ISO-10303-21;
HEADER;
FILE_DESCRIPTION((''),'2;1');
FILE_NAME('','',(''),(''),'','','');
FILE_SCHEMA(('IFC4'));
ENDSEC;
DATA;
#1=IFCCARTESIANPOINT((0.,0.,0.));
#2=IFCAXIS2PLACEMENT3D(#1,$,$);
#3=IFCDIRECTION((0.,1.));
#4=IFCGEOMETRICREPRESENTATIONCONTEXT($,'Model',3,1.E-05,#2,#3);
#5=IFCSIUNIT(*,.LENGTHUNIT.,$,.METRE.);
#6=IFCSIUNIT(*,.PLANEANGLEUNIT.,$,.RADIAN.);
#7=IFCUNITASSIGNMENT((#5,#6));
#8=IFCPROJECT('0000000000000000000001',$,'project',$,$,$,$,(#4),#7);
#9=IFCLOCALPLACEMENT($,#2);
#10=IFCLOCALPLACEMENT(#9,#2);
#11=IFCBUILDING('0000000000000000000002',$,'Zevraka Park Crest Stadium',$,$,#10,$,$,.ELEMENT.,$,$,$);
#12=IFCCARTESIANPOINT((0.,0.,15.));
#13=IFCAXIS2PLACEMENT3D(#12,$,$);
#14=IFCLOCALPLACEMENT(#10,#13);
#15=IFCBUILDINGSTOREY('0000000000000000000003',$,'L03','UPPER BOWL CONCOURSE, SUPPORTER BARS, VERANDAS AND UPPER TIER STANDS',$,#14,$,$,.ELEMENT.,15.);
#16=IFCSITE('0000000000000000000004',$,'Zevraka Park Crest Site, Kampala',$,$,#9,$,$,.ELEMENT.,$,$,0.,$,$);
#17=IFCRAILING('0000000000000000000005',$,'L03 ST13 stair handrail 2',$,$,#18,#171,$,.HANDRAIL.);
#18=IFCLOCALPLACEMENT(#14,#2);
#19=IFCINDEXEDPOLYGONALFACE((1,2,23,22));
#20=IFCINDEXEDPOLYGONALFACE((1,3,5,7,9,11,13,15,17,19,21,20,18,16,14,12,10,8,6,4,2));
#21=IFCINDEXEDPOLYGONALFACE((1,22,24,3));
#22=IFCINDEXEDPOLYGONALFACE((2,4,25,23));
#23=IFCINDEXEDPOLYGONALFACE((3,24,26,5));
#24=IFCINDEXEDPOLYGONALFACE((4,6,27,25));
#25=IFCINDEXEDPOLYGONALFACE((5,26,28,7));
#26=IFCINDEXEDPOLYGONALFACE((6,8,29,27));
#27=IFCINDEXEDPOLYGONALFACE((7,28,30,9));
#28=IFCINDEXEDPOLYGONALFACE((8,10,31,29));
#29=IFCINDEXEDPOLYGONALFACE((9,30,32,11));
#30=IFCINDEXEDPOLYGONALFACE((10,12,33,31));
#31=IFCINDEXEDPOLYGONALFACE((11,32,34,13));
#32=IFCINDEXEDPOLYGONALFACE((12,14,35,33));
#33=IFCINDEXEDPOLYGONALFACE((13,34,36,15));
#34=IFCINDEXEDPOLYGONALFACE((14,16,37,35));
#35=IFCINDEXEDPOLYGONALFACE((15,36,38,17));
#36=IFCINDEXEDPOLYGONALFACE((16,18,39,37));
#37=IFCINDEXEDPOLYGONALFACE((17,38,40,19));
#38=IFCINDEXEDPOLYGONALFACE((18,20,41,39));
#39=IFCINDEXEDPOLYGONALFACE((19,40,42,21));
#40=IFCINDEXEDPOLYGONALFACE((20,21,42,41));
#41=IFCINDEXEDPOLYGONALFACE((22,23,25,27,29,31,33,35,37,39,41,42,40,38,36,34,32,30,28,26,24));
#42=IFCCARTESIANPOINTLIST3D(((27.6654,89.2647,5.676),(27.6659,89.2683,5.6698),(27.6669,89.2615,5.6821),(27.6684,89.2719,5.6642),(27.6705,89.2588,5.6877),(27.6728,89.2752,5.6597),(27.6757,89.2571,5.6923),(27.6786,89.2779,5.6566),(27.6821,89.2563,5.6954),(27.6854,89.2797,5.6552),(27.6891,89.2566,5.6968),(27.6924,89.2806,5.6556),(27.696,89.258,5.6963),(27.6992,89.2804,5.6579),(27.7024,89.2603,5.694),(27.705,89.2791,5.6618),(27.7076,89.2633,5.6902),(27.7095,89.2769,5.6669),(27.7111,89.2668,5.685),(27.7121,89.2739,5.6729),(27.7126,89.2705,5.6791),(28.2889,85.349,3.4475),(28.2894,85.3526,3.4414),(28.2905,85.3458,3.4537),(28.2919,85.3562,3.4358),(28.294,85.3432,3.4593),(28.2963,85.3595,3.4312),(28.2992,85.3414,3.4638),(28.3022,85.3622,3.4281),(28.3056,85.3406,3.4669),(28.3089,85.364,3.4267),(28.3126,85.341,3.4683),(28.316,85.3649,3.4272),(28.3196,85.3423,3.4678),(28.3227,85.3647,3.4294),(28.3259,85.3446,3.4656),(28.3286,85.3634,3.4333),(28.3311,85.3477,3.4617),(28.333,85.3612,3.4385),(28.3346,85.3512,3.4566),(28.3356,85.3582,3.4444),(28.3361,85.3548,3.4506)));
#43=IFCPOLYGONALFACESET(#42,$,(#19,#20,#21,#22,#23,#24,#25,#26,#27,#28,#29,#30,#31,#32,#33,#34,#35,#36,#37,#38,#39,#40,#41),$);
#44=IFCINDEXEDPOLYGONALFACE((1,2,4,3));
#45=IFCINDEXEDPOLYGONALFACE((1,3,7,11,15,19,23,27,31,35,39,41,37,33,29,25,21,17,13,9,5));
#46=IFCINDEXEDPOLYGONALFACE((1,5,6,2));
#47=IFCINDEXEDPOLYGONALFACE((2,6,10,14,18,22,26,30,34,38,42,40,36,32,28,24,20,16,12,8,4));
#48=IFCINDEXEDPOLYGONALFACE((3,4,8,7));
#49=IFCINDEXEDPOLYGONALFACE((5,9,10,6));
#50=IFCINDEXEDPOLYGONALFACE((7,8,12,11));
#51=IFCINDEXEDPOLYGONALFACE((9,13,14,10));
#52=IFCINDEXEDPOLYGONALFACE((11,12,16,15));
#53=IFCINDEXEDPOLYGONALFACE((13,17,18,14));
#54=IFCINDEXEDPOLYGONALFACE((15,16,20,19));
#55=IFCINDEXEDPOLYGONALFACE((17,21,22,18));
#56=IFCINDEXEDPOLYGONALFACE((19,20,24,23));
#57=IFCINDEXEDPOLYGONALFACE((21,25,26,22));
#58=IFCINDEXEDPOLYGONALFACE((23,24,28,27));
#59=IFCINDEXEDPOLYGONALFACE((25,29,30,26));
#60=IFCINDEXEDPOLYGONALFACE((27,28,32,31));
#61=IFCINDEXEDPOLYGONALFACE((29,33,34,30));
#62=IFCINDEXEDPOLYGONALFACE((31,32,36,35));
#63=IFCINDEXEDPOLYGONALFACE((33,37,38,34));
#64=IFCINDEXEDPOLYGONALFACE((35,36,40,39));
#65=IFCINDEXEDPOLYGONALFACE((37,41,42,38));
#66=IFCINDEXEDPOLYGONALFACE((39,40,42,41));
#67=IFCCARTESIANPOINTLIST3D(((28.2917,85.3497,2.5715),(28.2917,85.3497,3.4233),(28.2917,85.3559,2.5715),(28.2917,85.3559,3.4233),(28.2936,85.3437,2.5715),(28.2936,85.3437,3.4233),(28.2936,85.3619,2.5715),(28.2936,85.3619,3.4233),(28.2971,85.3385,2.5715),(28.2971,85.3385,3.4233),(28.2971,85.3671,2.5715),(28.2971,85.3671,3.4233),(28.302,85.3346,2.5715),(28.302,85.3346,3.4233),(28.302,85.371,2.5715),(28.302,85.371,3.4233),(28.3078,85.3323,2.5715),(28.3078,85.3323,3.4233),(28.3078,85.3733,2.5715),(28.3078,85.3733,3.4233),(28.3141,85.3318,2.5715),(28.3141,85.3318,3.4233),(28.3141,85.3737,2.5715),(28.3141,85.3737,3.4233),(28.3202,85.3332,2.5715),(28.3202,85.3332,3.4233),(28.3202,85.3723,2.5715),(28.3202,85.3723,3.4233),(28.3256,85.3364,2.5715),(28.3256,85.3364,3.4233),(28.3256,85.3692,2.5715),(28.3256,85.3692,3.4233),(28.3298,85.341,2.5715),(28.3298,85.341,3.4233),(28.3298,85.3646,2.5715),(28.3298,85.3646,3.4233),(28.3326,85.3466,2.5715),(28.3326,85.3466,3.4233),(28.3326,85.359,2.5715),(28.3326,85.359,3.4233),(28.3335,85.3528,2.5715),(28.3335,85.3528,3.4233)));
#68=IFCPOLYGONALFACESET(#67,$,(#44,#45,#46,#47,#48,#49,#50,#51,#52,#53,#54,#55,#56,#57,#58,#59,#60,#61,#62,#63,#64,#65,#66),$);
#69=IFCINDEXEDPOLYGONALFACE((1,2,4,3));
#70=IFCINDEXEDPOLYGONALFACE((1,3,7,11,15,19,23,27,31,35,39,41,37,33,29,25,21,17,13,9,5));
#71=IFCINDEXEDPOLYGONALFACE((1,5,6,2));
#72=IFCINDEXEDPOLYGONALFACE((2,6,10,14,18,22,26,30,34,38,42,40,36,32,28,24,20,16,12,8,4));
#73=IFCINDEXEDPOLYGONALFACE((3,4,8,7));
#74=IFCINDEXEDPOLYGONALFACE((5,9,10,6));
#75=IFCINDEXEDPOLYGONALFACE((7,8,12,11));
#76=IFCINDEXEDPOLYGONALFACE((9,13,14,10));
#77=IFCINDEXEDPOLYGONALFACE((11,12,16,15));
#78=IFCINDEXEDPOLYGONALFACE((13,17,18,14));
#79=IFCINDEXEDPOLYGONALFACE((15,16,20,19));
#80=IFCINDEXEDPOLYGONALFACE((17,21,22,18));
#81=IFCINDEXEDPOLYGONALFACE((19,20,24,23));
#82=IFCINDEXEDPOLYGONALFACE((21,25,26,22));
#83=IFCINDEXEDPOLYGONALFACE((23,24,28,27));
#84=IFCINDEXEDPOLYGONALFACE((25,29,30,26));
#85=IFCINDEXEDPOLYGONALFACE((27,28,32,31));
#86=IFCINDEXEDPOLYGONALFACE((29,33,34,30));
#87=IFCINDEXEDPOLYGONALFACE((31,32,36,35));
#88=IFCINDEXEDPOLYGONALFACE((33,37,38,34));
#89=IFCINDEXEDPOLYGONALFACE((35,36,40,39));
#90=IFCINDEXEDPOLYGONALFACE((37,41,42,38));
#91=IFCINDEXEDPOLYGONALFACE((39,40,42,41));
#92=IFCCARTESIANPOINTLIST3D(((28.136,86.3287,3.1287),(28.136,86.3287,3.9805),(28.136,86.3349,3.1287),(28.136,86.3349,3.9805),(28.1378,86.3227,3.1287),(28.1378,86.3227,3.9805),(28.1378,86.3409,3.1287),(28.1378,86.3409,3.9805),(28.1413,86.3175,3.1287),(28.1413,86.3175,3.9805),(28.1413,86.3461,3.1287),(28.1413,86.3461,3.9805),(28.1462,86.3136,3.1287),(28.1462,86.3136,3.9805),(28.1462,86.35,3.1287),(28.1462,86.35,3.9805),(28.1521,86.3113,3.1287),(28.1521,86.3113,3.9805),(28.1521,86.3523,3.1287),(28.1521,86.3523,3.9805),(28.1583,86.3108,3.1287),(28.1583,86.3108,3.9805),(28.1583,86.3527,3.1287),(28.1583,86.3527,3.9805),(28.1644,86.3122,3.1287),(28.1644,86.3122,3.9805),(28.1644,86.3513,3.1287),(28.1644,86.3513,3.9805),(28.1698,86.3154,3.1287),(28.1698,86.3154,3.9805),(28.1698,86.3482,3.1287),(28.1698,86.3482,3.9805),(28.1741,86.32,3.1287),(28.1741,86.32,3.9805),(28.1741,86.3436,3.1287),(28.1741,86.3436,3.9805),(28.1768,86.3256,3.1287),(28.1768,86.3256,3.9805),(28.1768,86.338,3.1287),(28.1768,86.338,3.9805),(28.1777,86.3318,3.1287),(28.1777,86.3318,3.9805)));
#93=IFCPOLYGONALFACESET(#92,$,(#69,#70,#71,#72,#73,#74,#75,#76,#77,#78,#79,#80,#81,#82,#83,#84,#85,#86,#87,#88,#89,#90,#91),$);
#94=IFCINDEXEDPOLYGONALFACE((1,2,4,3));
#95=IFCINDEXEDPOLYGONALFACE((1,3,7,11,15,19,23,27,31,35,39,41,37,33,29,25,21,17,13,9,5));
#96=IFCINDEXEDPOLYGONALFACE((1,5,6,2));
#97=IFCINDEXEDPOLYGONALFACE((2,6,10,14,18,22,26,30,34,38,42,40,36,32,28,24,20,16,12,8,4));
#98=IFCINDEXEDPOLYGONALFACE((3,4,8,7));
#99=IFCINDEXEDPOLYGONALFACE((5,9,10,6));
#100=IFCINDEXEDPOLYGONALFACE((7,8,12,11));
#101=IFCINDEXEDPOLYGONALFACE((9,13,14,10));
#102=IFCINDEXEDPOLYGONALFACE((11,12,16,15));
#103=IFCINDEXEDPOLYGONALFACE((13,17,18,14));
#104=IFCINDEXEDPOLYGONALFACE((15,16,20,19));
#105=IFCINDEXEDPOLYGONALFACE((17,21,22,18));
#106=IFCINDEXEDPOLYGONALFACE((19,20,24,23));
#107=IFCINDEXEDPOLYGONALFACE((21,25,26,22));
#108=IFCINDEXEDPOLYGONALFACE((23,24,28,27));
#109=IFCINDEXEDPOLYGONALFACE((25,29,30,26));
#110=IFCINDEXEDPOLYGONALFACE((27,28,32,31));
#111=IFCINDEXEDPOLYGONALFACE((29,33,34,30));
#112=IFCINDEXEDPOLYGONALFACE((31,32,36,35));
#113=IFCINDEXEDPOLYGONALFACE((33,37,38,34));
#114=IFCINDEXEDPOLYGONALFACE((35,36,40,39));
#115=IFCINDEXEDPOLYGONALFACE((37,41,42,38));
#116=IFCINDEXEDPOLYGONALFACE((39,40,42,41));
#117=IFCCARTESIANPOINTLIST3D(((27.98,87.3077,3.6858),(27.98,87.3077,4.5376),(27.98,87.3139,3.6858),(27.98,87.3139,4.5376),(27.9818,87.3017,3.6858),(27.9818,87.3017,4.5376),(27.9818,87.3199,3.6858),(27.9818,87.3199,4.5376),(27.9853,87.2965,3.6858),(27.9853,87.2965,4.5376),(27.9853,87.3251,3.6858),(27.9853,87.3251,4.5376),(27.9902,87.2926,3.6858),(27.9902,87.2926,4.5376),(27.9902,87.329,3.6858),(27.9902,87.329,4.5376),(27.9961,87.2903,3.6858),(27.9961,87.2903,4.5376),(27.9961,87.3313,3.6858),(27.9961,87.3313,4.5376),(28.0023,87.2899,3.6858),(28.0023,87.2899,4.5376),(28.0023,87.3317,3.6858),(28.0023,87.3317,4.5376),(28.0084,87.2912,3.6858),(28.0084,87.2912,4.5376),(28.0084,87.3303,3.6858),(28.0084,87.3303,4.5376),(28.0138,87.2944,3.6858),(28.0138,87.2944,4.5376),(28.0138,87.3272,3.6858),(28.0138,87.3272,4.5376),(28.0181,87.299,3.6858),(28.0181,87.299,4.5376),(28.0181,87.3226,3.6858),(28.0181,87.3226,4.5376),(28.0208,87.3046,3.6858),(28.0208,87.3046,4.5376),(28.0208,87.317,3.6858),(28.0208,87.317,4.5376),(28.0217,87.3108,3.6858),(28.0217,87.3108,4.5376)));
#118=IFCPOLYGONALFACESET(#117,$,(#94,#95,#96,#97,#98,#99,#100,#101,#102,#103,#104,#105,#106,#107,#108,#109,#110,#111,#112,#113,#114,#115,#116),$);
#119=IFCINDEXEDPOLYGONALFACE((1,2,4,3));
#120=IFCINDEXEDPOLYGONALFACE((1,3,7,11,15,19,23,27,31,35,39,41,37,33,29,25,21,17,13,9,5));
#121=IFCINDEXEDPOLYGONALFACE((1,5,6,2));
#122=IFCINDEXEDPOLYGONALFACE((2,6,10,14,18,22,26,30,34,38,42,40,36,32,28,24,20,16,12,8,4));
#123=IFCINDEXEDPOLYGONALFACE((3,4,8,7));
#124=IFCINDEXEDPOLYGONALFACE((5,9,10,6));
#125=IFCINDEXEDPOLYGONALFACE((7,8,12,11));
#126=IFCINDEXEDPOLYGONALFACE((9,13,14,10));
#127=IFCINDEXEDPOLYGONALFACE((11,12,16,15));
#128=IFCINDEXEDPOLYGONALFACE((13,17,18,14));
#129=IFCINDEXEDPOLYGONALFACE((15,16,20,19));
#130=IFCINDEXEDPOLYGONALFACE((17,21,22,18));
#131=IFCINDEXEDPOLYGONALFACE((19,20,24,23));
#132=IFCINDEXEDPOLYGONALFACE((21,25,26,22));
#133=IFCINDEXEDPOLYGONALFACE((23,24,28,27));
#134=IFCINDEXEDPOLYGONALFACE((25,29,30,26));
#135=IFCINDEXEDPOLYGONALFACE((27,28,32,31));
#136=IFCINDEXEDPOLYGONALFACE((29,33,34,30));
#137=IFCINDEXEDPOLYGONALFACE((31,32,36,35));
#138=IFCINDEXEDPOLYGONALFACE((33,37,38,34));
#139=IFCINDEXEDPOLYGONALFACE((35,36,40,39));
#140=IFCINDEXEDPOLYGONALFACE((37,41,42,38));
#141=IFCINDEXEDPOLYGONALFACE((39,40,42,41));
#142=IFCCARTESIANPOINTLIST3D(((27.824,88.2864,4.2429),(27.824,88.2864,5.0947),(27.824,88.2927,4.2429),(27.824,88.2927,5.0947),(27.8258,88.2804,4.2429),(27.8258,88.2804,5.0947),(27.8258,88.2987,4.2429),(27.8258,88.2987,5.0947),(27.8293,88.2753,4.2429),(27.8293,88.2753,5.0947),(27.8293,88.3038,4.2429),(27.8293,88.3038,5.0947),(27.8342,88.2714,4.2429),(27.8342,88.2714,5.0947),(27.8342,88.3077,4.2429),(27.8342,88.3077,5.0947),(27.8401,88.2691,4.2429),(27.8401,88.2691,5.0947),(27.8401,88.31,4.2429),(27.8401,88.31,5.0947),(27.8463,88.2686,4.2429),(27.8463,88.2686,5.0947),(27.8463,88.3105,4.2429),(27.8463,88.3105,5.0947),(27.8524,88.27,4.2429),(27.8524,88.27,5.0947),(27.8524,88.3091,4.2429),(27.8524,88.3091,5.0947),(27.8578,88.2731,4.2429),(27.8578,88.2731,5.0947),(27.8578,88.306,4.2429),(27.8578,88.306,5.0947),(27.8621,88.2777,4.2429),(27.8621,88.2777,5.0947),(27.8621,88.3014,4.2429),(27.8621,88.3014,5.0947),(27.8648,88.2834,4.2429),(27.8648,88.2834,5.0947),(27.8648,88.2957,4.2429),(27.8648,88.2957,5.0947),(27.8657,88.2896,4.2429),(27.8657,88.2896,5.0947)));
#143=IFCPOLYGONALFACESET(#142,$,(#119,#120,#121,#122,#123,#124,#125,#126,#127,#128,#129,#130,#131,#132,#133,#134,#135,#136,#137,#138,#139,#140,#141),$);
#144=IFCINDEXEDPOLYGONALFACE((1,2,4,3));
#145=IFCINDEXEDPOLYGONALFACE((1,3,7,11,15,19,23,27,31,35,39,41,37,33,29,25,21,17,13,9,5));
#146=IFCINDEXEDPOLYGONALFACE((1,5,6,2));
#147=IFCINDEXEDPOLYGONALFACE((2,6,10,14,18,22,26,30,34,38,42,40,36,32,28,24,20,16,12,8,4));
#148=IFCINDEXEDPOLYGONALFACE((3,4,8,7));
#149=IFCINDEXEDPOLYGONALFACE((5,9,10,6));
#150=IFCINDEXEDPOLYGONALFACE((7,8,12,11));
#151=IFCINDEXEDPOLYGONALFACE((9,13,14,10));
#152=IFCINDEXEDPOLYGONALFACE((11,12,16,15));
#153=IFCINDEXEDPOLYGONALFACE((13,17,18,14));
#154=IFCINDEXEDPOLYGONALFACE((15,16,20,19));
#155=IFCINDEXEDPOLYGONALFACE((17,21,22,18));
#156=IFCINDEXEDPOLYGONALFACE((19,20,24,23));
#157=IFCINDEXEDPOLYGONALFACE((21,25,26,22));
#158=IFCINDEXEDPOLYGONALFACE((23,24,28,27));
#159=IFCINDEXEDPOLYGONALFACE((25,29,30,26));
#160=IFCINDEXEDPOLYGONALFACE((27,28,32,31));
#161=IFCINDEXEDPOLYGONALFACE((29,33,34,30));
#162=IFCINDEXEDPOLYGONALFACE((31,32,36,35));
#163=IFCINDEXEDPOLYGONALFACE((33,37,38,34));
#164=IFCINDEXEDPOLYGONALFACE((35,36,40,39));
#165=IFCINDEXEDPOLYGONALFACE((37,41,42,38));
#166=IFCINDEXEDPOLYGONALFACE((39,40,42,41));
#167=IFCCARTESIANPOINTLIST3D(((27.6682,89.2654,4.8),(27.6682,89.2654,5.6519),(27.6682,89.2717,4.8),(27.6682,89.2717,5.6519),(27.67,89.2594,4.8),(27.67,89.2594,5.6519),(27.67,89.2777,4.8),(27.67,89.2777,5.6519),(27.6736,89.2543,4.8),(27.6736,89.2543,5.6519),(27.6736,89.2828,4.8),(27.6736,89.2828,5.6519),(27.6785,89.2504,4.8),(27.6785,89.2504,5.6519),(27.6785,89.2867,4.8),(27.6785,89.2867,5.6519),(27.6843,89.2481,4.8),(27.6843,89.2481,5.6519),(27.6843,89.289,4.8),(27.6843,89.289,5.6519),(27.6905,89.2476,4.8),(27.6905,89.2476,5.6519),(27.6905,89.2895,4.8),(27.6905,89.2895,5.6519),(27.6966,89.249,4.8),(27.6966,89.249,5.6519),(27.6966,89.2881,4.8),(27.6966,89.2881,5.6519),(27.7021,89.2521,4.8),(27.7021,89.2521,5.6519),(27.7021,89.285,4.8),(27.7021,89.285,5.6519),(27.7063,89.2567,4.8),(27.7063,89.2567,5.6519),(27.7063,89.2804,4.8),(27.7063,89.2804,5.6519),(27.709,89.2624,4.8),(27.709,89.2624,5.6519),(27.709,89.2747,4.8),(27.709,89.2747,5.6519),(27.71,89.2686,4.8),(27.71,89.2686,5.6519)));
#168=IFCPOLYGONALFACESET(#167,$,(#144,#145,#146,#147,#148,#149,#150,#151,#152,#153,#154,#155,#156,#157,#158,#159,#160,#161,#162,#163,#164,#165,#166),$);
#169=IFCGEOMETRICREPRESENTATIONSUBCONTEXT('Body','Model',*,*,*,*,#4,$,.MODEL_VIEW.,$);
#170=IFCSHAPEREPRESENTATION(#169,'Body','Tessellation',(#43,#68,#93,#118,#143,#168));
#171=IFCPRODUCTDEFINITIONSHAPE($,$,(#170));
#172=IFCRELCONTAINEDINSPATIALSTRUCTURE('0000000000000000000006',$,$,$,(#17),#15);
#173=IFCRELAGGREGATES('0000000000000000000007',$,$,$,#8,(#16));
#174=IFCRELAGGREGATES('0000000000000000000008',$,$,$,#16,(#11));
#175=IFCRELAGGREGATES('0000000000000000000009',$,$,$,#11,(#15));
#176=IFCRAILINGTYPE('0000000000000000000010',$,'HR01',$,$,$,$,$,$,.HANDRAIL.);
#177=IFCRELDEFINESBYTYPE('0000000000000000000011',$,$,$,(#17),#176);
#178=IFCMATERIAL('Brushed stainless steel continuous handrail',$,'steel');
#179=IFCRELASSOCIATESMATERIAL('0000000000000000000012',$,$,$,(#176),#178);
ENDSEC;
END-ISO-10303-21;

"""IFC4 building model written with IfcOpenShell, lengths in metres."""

from ifc_helpers import new_model, si_unit, direction, frame, origin, origin_2d, place, context, subcontext, project, spatial, circle, extrude, material, type_object, element, save


model = new_model("IFC4")

# Units and contexts
model_context = context("Model", 3, precision=1e-05, world=origin(), true_north=direction((0.0, 1.0)))
body_context = subcontext(model_context, "Body", "Model", "MODEL_VIEW")
ifc_project = project(units=[si_unit("LENGTHUNIT", "METRE"), si_unit("PLANEANGLEUNIT", "RADIAN")], contexts=[model_context])

# Site, building, storey
site_placement = place(None, origin())
site = spatial("IfcSite", under=ifc_project, at=site_placement, Name="Zevraka Park Crest Site, Kampala", CompositionType="ELEMENT", RefElevation=0.0)
building_placement = place(site_placement, origin())
building = spatial("IfcBuilding", under=site, at=building_placement, Name="Zevraka Park Crest Stadium", CompositionType="ELEMENT")
storey_placement = place(building_placement, frame((0.0, 0.0, 15.0)))
storey = spatial("IfcBuildingStorey", under=building, at=storey_placement, Name="L03", Description="UPPER BOWL CONCOURSE, SUPPORTER BARS, VERANDAS AND UPPER TIER STANDS", CompositionType="ELEMENT", Elevation=15.0)

# Railing
ifc_material_1 = material(Name="Brushed stainless steel continuous handrail", Category="steel")
railing_type_1 = type_object("IfcRailingType", Name="HR01", PredefinedType="HANDRAIL", material=ifc_material_1)
railing_1_placement = place(storey_placement, frame((28.3125, 85.3528, 2.5715)))
element("IfcRailing", 1, at=railing_1_placement, inside=storey, type_object=railing_type_1, Name="L03 ST13 stair handrail 2", PredefinedType="HANDRAIL", context=body_context, shape_type="SweptSolid", body=[
    extrude(circle(Radius=0.0239, at=origin_2d()), frame((0.0, 0.0, 0.876), z_axis=(-0.137088, 0.860903, 0.489951), x_axis=(-0.987558, -0.157256, 0.0)), (0.0, 0.0, 1.0), 4.5483),
    extrude(circle(Radius=0.021, at=origin_2d()), origin(), (0.0, 0.0, 1.0), 0.8518),
    extrude(circle(Radius=0.021, at=origin_2d()), frame((-0.1558, 0.979, 0.5571)), (0.0, 0.0, 1.0), 0.8518),
    extrude(circle(Radius=0.021, at=origin_2d()), frame((-0.3118, 1.958, 1.1143)), (0.0, 0.0, 1.0), 0.8518),
    extrude(circle(Radius=0.021, at=origin_2d()), frame((-0.4678, 2.9368, 1.6714)), (0.0, 0.0, 1.0), 0.8518),
    extrude(circle(Radius=0.021, at=origin_2d()), frame((-0.6235, 3.9158, 2.2285)), (0.0, 0.0, 1.0), 0.8518),
])

save(model, "model.ifc")
